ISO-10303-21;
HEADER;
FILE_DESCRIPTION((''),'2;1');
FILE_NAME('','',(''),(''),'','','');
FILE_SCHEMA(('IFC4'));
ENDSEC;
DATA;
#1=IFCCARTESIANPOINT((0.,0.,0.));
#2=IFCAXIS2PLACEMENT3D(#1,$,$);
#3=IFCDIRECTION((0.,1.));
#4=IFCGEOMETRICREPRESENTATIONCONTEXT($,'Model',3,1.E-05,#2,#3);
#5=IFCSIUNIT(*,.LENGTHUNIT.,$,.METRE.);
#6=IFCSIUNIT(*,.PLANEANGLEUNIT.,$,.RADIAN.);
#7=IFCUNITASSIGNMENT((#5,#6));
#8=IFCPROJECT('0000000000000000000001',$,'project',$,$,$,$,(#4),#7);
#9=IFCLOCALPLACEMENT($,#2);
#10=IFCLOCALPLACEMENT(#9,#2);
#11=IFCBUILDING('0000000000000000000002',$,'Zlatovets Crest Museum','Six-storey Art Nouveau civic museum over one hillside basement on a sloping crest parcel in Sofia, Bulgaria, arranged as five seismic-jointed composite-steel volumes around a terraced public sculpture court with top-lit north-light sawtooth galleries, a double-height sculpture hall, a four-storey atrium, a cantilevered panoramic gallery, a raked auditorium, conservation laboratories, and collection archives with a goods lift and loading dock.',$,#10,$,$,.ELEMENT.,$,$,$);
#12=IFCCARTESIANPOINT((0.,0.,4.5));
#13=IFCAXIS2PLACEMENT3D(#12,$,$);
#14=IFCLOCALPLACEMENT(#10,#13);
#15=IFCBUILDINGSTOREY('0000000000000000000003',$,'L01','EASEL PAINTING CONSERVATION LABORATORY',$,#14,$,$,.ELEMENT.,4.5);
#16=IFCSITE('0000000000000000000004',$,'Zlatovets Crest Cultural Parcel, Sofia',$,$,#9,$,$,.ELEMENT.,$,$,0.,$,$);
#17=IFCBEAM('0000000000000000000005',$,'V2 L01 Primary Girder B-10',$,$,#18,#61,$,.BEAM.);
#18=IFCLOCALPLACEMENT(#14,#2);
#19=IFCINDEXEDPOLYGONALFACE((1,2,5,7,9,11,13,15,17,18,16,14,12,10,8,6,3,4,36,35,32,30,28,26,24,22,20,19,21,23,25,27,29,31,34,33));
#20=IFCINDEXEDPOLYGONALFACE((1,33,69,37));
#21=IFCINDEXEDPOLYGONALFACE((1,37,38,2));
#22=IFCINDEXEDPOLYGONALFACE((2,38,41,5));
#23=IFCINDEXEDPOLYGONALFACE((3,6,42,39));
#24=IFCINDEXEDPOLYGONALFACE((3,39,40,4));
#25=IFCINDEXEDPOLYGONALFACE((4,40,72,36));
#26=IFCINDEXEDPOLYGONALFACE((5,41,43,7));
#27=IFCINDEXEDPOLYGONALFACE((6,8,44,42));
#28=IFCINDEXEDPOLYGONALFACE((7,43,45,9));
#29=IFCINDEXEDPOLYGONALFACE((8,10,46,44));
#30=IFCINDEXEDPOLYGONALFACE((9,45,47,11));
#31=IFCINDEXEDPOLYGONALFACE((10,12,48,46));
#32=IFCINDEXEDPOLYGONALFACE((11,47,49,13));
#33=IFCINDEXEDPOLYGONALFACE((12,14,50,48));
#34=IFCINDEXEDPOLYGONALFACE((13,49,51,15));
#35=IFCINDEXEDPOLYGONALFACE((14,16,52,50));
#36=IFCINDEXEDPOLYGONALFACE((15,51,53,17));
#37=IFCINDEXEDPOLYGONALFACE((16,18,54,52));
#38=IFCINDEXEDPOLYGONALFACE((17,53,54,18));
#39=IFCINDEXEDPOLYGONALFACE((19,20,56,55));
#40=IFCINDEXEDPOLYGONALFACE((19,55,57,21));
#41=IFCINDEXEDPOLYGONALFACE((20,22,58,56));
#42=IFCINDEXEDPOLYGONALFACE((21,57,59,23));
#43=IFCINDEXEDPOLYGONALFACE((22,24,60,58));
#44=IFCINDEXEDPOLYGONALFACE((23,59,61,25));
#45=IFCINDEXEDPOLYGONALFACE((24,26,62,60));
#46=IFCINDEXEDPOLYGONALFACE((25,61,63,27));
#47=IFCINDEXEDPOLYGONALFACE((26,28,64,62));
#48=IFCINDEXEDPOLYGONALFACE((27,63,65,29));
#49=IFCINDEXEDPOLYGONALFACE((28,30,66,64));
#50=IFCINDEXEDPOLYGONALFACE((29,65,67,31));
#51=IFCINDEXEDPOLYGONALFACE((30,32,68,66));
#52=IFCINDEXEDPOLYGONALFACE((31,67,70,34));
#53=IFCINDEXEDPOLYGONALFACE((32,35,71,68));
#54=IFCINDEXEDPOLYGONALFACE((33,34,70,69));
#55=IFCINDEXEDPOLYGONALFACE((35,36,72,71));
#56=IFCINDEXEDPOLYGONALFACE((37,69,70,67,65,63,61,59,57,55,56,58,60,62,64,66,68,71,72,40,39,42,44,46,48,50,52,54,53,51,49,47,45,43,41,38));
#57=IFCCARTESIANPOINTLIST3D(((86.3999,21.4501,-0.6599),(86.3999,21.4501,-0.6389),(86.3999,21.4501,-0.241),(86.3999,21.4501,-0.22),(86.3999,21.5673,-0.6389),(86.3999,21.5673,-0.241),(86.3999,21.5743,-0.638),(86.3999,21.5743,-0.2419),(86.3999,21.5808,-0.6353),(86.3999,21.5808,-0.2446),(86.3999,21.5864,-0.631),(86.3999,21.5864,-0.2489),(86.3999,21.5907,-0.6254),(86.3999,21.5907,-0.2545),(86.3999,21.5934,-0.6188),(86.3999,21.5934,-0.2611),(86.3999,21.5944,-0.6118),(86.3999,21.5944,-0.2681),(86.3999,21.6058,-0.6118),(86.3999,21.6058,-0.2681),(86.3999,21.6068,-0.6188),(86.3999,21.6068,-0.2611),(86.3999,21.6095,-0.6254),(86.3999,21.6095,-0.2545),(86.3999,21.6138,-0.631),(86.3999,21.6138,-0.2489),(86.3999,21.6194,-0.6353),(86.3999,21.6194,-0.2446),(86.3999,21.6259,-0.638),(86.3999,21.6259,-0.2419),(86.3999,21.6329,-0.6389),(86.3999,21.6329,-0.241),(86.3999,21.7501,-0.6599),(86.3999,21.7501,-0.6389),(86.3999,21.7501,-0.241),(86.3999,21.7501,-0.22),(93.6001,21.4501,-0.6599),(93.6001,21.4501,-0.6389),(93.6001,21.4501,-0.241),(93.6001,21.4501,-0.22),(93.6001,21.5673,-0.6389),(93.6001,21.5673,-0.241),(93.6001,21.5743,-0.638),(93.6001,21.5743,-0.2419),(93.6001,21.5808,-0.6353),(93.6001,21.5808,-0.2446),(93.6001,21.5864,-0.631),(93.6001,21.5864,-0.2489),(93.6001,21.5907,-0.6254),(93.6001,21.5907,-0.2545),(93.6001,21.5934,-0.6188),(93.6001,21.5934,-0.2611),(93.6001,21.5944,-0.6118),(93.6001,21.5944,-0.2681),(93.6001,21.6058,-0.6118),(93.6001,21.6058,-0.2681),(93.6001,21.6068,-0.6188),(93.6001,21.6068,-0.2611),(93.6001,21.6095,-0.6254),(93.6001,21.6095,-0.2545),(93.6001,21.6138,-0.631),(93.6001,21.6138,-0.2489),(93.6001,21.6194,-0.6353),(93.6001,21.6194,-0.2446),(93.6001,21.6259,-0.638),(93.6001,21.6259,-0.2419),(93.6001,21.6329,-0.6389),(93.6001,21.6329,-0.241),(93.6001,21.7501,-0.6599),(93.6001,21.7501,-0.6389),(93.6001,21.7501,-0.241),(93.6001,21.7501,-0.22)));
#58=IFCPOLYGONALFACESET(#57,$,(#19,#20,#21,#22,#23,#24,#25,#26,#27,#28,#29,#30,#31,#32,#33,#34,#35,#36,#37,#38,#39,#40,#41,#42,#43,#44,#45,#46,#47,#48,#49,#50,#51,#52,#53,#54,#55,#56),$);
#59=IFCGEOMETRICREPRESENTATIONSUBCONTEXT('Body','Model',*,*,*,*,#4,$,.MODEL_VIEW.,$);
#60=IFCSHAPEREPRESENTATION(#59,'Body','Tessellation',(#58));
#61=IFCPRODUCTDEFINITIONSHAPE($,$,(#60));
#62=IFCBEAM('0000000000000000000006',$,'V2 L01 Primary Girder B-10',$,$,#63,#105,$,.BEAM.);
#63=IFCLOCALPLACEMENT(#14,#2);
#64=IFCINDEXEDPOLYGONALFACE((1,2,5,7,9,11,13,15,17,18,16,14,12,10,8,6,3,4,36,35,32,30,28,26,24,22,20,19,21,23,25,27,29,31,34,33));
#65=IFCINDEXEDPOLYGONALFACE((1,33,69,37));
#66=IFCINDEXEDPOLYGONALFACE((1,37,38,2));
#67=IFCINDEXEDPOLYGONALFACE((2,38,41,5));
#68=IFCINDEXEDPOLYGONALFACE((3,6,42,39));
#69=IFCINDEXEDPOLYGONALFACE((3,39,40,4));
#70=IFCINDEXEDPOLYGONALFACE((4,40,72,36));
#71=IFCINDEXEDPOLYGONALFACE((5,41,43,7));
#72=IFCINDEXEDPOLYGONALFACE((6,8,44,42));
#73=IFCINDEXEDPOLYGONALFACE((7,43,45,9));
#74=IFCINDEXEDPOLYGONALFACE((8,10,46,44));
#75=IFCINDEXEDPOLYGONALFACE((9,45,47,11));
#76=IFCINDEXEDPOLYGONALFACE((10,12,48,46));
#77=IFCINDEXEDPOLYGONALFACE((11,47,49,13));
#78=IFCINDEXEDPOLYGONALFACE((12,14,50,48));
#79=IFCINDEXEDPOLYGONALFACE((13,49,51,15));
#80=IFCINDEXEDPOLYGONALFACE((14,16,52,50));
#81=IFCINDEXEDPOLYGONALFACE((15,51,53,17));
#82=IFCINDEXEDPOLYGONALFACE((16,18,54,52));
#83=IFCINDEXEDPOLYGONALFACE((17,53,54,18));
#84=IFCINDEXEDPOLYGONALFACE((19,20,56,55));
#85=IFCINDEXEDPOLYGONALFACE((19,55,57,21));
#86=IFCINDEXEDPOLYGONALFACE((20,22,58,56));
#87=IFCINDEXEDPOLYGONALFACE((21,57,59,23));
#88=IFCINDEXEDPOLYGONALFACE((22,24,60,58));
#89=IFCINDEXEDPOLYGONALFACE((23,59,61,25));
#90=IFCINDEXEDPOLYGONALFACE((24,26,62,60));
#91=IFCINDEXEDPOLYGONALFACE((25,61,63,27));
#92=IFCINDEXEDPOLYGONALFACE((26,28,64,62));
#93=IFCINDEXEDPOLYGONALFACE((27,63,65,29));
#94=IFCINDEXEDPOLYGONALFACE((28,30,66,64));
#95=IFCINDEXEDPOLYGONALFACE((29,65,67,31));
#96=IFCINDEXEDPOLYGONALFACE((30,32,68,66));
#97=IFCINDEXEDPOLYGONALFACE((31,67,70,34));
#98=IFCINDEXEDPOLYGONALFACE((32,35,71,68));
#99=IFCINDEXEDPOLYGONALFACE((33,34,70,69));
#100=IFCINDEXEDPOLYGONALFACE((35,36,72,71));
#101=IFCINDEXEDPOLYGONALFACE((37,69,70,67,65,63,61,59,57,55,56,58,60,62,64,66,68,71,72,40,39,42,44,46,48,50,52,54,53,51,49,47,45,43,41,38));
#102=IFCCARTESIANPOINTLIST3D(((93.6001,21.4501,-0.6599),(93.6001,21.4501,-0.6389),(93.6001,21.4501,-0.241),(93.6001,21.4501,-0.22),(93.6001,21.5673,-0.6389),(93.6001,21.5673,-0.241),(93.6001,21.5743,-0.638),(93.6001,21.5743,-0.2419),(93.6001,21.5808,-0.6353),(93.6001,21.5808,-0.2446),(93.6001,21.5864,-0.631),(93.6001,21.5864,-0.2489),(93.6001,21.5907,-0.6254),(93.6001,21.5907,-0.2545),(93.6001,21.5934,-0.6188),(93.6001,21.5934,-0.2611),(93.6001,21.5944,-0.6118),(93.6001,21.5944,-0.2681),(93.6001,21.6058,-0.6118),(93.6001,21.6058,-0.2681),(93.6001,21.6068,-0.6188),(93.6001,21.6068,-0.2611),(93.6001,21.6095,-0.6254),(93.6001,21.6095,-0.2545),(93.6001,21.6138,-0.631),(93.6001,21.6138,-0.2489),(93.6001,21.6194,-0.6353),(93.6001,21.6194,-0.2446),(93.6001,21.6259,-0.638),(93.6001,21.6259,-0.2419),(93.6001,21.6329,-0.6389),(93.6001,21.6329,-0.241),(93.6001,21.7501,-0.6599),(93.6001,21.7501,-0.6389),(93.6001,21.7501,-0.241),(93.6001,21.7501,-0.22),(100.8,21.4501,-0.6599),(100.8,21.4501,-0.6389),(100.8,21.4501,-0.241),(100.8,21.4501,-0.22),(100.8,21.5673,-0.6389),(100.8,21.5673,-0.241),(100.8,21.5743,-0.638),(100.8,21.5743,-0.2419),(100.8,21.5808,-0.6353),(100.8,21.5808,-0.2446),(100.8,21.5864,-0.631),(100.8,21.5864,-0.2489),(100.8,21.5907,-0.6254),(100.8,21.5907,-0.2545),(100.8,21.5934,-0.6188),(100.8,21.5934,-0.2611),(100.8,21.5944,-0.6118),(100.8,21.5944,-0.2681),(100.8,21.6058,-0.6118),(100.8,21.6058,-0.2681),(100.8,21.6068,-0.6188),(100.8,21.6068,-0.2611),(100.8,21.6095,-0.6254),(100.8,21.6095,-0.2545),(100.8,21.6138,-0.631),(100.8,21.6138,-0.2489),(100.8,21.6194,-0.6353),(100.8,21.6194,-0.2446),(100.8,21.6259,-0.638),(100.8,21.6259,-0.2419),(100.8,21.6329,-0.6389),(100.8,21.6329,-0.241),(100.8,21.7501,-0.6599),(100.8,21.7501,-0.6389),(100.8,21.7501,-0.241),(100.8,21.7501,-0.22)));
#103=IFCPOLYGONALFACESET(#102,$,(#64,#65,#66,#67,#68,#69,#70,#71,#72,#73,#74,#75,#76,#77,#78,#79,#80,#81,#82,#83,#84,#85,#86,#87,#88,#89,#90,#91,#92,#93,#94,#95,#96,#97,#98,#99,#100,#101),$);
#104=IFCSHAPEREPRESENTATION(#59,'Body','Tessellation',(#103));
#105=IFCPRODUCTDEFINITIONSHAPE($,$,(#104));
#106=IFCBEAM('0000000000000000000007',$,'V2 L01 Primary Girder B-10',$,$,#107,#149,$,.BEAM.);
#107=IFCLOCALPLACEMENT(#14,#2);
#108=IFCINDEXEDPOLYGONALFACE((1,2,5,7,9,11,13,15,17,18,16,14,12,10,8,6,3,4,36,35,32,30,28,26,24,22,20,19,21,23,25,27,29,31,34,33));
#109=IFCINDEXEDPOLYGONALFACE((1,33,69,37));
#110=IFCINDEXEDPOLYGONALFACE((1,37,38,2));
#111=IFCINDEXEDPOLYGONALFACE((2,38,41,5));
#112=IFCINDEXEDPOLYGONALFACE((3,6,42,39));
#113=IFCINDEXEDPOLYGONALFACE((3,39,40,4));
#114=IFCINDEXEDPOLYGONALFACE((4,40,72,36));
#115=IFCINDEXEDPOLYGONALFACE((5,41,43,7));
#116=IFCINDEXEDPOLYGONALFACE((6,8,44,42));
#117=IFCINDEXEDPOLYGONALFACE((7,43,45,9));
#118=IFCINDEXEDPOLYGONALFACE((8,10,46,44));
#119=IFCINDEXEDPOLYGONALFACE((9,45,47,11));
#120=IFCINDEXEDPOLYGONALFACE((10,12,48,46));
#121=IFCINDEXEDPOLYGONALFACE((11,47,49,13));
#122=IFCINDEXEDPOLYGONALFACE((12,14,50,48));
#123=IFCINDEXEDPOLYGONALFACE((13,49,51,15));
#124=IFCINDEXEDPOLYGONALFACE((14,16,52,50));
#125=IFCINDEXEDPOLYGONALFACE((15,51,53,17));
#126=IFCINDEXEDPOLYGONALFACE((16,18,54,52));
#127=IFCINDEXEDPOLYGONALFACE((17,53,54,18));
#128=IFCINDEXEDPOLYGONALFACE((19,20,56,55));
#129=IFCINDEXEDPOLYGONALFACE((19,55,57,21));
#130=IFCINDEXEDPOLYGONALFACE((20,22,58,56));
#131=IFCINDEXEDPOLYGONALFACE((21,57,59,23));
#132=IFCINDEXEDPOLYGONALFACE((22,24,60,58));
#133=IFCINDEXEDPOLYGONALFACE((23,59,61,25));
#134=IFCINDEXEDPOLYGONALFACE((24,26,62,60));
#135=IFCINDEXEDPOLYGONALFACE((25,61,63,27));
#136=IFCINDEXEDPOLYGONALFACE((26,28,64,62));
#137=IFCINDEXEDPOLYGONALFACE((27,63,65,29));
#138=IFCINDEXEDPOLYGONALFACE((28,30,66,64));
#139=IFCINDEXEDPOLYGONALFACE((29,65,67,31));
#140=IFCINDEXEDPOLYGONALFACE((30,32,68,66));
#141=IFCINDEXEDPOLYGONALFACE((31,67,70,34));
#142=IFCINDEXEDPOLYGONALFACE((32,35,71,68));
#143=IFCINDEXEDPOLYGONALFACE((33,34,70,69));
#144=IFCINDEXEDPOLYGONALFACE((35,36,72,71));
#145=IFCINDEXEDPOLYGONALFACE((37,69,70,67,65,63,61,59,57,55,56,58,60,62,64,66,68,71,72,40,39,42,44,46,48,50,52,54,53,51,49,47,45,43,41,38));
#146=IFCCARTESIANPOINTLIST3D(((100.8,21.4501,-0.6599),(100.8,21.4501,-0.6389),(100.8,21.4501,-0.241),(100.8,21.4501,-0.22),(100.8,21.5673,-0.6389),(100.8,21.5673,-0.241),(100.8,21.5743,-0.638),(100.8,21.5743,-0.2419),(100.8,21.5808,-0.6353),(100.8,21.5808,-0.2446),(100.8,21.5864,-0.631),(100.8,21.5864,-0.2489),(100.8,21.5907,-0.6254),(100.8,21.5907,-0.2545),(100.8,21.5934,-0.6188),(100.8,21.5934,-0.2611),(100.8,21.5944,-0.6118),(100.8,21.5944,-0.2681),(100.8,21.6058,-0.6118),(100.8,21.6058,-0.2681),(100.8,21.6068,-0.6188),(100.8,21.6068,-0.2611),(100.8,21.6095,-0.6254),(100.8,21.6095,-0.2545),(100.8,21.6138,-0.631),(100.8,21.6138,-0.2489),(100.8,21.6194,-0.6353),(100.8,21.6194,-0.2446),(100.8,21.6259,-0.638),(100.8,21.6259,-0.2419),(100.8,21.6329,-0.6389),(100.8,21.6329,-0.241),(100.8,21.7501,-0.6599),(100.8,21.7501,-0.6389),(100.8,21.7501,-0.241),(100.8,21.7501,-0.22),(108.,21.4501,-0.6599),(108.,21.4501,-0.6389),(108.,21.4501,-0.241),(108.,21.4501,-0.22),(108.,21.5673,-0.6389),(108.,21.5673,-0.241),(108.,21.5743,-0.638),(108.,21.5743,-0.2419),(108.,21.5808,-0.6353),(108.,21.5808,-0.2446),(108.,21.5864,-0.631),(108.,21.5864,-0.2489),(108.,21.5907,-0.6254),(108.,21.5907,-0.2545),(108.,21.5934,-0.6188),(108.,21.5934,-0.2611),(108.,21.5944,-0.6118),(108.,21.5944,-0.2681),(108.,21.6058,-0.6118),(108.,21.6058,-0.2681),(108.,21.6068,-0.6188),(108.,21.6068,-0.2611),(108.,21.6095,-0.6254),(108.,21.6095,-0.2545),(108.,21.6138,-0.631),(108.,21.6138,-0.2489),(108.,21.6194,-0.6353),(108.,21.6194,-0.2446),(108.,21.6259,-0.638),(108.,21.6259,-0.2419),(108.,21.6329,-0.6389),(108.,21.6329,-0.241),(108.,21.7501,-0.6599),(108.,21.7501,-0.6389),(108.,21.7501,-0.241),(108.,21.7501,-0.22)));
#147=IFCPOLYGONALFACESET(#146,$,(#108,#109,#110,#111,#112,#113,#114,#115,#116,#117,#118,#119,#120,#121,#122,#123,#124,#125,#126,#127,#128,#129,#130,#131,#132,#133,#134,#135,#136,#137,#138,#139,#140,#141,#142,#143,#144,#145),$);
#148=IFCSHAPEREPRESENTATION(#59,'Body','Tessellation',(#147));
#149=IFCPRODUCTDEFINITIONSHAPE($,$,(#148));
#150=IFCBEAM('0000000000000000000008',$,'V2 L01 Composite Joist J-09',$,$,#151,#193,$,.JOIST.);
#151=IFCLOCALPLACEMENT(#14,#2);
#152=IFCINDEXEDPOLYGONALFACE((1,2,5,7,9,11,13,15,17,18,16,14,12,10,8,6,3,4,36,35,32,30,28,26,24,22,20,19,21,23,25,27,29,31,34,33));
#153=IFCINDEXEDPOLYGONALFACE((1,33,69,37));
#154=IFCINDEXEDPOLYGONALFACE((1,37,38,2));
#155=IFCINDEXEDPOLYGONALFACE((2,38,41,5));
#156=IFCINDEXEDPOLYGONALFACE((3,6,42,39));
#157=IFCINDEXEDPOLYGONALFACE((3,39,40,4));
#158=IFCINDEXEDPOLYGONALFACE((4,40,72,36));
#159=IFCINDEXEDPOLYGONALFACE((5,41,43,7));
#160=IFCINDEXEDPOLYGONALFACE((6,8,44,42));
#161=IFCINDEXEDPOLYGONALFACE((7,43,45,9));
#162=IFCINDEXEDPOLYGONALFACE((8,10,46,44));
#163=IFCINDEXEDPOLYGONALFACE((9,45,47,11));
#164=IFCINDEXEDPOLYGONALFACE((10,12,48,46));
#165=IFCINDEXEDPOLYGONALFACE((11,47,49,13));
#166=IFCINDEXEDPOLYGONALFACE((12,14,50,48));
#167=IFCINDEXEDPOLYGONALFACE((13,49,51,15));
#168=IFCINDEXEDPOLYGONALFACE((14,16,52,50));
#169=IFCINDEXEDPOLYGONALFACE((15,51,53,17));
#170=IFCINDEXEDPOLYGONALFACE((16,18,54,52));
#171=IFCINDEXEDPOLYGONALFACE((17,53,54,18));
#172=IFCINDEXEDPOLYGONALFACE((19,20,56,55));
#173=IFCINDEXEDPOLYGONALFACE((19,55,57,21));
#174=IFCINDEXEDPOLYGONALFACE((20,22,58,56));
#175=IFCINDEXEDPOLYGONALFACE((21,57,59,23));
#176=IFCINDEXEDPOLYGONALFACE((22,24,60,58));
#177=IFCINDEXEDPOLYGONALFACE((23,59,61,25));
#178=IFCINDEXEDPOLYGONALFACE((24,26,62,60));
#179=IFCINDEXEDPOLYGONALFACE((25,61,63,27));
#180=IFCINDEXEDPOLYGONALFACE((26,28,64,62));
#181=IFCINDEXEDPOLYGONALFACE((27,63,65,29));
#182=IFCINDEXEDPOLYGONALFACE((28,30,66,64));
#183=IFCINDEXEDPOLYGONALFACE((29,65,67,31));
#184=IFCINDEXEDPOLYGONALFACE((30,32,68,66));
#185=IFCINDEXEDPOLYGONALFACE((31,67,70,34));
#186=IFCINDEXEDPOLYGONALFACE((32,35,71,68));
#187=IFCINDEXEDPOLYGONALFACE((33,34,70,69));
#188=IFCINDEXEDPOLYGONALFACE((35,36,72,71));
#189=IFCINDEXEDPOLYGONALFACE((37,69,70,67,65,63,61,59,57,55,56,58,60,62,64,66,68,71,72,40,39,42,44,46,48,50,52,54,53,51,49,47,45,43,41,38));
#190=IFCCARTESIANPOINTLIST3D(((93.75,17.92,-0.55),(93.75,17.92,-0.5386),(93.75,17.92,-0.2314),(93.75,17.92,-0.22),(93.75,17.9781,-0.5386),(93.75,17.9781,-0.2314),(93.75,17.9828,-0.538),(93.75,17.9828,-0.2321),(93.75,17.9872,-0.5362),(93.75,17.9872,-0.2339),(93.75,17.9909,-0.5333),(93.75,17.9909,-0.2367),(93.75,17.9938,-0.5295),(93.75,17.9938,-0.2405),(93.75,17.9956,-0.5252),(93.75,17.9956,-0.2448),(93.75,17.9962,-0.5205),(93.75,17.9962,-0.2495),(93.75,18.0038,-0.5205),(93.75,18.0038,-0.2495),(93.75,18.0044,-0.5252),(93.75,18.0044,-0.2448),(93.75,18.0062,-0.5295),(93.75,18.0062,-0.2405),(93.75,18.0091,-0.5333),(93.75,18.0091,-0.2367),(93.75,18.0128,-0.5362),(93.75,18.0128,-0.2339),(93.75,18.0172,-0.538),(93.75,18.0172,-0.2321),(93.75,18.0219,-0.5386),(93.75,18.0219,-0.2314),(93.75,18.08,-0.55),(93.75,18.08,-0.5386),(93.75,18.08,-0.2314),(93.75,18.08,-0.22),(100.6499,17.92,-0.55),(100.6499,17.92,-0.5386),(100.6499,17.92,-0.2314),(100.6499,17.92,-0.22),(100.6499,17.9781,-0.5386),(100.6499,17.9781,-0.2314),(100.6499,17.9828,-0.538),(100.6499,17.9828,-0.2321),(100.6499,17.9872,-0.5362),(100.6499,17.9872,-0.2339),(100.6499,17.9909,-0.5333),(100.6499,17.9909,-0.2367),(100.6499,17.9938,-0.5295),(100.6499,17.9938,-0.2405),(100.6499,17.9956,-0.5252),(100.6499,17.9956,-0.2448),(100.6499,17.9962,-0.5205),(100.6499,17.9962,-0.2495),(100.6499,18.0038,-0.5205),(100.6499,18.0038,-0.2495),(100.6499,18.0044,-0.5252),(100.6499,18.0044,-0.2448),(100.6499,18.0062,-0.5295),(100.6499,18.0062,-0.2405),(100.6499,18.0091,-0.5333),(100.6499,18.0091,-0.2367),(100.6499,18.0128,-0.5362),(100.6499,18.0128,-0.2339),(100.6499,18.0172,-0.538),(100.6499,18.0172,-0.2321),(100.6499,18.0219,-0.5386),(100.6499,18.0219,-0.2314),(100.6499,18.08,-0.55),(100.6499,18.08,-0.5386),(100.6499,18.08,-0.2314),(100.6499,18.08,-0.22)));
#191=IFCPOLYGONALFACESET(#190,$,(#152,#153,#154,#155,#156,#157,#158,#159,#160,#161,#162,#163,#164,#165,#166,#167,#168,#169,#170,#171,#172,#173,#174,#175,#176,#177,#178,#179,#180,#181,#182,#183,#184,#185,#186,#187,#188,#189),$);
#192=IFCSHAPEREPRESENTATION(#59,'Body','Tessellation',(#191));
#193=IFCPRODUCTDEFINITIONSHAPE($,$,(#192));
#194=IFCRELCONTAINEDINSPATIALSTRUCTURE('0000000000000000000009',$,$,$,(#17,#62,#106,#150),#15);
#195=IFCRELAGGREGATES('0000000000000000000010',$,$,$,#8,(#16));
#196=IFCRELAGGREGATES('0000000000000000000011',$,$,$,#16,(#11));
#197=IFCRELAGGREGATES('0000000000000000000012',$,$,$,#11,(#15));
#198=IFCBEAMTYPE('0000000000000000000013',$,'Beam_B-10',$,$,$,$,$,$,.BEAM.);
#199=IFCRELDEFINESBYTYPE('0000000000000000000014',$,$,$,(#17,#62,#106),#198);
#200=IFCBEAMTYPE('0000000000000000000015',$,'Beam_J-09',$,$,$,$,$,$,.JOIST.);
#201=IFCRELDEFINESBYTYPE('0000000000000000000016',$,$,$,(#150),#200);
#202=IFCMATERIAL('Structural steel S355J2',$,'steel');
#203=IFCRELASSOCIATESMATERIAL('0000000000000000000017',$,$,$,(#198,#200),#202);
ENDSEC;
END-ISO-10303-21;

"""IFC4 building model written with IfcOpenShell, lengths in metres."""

from ifc_helpers import new_model, si_unit, direction, frame, origin, origin_2d, place, context, subcontext, project, spatial, i_section, extrude, material, material_profile, profile_set, type_object, element, save


model = new_model("IFC4")

# Units and contexts
model_context = context("Model", 3, precision=1e-05, world=origin(), true_north=direction((0.0, 1.0)))
body_context = subcontext(model_context, "Body", "Model", "MODEL_VIEW")
ifc_project = project(units=[si_unit("LENGTHUNIT", "METRE"), si_unit("PLANEANGLEUNIT", "RADIAN")], contexts=[model_context])

# Site, building, storey
site_placement = place(None, origin())
site = spatial("IfcSite", under=ifc_project, at=site_placement, Name="Zlatovets Crest Cultural Parcel, Sofia", CompositionType="ELEMENT", RefElevation=0.0)
building_placement = place(site_placement, origin())
building = spatial("IfcBuilding", under=site, at=building_placement, Name="Zlatovets Crest Museum", Description="Six-storey Art Nouveau civic museum over one hillside basement on a sloping crest parcel in Sofia, Bulgaria, arranged as five seismic-jointed composite-steel volumes around a terraced public sculpture court with top-lit north-light sawtooth galleries, a double-height sculpture hall, a four-storey atrium, a cantilevered panoramic gallery, a raked auditorium, conservation laboratories, and collection archives with a goods lift and loading dock.", CompositionType="ELEMENT")
storey_placement = place(building_placement, frame((0.0, 0.0, 4.5)))
storey = spatial("IfcBuildingStorey", under=building, at=storey_placement, Name="L01", Description="EASEL PAINTING CONSERVATION LABORATORY", CompositionType="ELEMENT", Elevation=4.5)

# Shared definitions
ifc_material_1 = material(Name="Structural steel S355J2", Category="steel")

# Beams
ifc_material_profile_1 = material_profile(ifc_material_1, i_section(OverallWidth=0.3, OverallDepth=0.4399, WebThickness=0.0115, FlangeThickness=0.021, FilletRadius=0.0271, at=origin_2d()), Name="HEA 450")
ifc_profile_set_1 = profile_set([ifc_material_profile_1], Name="Structural steel S355J2")
beam_type_1 = type_object("IfcBeamType", Name="Beam_B-10", PredefinedType="BEAM", material=ifc_profile_set_1)
beam_1_placement = place(storey_placement, frame((86.3999, 21.6001, -0.4399), z_axis=(1.0, 0.0, 0.0), x_axis=(0.0, 1.0, 0.0)))
element("IfcBeam", 1, at=beam_1_placement, inside=storey, type_object=beam_type_1, Name="V2 L01 Primary Girder B-10", PredefinedType="BEAM", context=body_context, shape_type="SweptSolid", body=[
    extrude(i_section(OverallWidth=0.3, OverallDepth=0.4399, WebThickness=0.0115, FlangeThickness=0.021, FilletRadius=0.0271, at=origin_2d()), origin(), (0.0, 0.0, 1.0), 7.2002),
])
for number, where, z_axis, x_axis, name in (
    (2, (93.6001, 21.6001, -0.4399), (1.0, 0.0, 0.0), (0.0, 1.0, 0.0), "V2 L01 Primary Girder B-10"),
    (3, (100.8, 21.6001, -0.4399), (1.0, 0.0, 0.0), (0.0, 1.0, 0.0), "V2 L01 Primary Girder B-10"),
):
    element("IfcBeam", number, at=place(storey_placement, frame(where, z_axis=z_axis, x_axis=x_axis)), inside=storey, type_object=beam_type_1, Name=name, PredefinedType="BEAM", context=body_context, shape_type="SweptSolid", body=[
        extrude(i_section(OverallWidth=0.3, OverallDepth=0.4399, WebThickness=0.0115, FlangeThickness=0.021, FilletRadius=0.0271, at=origin_2d()), origin(), (0.0, 0.0, 1.0), 7.2),
    ])
ifc_material_profile_2 = material_profile(ifc_material_1, i_section(OverallWidth=0.1599, OverallDepth=0.3301, WebThickness=0.0076, FlangeThickness=0.0115, FilletRadius=0.0181, at=origin_2d()), Name="IPE 330")
ifc_profile_set_2 = profile_set([ifc_material_profile_2], Name="Structural steel S355J2")
beam_type_2 = type_object("IfcBeamType", Name="Beam_J-09", PredefinedType="JOIST", material=ifc_profile_set_2)
beam_2_placement = place(storey_placement, frame((93.75, 18.0, -0.385), z_axis=(1.0, 0.0, 0.0), x_axis=(0.0, 1.0, 0.0)))
element("IfcBeam", 4, at=beam_2_placement, inside=storey, type_object=beam_type_2, Name="V2 L01 Composite Joist J-09", PredefinedType="JOIST", context=body_context, shape_type="SweptSolid", body=[
    extrude(i_section(OverallWidth=0.1599, OverallDepth=0.3301, WebThickness=0.0076, FlangeThickness=0.0115, FilletRadius=0.0181, at=origin_2d()), origin(), (0.0, 0.0, 1.0), 6.8999),
])

save(model, "model.ifc")
